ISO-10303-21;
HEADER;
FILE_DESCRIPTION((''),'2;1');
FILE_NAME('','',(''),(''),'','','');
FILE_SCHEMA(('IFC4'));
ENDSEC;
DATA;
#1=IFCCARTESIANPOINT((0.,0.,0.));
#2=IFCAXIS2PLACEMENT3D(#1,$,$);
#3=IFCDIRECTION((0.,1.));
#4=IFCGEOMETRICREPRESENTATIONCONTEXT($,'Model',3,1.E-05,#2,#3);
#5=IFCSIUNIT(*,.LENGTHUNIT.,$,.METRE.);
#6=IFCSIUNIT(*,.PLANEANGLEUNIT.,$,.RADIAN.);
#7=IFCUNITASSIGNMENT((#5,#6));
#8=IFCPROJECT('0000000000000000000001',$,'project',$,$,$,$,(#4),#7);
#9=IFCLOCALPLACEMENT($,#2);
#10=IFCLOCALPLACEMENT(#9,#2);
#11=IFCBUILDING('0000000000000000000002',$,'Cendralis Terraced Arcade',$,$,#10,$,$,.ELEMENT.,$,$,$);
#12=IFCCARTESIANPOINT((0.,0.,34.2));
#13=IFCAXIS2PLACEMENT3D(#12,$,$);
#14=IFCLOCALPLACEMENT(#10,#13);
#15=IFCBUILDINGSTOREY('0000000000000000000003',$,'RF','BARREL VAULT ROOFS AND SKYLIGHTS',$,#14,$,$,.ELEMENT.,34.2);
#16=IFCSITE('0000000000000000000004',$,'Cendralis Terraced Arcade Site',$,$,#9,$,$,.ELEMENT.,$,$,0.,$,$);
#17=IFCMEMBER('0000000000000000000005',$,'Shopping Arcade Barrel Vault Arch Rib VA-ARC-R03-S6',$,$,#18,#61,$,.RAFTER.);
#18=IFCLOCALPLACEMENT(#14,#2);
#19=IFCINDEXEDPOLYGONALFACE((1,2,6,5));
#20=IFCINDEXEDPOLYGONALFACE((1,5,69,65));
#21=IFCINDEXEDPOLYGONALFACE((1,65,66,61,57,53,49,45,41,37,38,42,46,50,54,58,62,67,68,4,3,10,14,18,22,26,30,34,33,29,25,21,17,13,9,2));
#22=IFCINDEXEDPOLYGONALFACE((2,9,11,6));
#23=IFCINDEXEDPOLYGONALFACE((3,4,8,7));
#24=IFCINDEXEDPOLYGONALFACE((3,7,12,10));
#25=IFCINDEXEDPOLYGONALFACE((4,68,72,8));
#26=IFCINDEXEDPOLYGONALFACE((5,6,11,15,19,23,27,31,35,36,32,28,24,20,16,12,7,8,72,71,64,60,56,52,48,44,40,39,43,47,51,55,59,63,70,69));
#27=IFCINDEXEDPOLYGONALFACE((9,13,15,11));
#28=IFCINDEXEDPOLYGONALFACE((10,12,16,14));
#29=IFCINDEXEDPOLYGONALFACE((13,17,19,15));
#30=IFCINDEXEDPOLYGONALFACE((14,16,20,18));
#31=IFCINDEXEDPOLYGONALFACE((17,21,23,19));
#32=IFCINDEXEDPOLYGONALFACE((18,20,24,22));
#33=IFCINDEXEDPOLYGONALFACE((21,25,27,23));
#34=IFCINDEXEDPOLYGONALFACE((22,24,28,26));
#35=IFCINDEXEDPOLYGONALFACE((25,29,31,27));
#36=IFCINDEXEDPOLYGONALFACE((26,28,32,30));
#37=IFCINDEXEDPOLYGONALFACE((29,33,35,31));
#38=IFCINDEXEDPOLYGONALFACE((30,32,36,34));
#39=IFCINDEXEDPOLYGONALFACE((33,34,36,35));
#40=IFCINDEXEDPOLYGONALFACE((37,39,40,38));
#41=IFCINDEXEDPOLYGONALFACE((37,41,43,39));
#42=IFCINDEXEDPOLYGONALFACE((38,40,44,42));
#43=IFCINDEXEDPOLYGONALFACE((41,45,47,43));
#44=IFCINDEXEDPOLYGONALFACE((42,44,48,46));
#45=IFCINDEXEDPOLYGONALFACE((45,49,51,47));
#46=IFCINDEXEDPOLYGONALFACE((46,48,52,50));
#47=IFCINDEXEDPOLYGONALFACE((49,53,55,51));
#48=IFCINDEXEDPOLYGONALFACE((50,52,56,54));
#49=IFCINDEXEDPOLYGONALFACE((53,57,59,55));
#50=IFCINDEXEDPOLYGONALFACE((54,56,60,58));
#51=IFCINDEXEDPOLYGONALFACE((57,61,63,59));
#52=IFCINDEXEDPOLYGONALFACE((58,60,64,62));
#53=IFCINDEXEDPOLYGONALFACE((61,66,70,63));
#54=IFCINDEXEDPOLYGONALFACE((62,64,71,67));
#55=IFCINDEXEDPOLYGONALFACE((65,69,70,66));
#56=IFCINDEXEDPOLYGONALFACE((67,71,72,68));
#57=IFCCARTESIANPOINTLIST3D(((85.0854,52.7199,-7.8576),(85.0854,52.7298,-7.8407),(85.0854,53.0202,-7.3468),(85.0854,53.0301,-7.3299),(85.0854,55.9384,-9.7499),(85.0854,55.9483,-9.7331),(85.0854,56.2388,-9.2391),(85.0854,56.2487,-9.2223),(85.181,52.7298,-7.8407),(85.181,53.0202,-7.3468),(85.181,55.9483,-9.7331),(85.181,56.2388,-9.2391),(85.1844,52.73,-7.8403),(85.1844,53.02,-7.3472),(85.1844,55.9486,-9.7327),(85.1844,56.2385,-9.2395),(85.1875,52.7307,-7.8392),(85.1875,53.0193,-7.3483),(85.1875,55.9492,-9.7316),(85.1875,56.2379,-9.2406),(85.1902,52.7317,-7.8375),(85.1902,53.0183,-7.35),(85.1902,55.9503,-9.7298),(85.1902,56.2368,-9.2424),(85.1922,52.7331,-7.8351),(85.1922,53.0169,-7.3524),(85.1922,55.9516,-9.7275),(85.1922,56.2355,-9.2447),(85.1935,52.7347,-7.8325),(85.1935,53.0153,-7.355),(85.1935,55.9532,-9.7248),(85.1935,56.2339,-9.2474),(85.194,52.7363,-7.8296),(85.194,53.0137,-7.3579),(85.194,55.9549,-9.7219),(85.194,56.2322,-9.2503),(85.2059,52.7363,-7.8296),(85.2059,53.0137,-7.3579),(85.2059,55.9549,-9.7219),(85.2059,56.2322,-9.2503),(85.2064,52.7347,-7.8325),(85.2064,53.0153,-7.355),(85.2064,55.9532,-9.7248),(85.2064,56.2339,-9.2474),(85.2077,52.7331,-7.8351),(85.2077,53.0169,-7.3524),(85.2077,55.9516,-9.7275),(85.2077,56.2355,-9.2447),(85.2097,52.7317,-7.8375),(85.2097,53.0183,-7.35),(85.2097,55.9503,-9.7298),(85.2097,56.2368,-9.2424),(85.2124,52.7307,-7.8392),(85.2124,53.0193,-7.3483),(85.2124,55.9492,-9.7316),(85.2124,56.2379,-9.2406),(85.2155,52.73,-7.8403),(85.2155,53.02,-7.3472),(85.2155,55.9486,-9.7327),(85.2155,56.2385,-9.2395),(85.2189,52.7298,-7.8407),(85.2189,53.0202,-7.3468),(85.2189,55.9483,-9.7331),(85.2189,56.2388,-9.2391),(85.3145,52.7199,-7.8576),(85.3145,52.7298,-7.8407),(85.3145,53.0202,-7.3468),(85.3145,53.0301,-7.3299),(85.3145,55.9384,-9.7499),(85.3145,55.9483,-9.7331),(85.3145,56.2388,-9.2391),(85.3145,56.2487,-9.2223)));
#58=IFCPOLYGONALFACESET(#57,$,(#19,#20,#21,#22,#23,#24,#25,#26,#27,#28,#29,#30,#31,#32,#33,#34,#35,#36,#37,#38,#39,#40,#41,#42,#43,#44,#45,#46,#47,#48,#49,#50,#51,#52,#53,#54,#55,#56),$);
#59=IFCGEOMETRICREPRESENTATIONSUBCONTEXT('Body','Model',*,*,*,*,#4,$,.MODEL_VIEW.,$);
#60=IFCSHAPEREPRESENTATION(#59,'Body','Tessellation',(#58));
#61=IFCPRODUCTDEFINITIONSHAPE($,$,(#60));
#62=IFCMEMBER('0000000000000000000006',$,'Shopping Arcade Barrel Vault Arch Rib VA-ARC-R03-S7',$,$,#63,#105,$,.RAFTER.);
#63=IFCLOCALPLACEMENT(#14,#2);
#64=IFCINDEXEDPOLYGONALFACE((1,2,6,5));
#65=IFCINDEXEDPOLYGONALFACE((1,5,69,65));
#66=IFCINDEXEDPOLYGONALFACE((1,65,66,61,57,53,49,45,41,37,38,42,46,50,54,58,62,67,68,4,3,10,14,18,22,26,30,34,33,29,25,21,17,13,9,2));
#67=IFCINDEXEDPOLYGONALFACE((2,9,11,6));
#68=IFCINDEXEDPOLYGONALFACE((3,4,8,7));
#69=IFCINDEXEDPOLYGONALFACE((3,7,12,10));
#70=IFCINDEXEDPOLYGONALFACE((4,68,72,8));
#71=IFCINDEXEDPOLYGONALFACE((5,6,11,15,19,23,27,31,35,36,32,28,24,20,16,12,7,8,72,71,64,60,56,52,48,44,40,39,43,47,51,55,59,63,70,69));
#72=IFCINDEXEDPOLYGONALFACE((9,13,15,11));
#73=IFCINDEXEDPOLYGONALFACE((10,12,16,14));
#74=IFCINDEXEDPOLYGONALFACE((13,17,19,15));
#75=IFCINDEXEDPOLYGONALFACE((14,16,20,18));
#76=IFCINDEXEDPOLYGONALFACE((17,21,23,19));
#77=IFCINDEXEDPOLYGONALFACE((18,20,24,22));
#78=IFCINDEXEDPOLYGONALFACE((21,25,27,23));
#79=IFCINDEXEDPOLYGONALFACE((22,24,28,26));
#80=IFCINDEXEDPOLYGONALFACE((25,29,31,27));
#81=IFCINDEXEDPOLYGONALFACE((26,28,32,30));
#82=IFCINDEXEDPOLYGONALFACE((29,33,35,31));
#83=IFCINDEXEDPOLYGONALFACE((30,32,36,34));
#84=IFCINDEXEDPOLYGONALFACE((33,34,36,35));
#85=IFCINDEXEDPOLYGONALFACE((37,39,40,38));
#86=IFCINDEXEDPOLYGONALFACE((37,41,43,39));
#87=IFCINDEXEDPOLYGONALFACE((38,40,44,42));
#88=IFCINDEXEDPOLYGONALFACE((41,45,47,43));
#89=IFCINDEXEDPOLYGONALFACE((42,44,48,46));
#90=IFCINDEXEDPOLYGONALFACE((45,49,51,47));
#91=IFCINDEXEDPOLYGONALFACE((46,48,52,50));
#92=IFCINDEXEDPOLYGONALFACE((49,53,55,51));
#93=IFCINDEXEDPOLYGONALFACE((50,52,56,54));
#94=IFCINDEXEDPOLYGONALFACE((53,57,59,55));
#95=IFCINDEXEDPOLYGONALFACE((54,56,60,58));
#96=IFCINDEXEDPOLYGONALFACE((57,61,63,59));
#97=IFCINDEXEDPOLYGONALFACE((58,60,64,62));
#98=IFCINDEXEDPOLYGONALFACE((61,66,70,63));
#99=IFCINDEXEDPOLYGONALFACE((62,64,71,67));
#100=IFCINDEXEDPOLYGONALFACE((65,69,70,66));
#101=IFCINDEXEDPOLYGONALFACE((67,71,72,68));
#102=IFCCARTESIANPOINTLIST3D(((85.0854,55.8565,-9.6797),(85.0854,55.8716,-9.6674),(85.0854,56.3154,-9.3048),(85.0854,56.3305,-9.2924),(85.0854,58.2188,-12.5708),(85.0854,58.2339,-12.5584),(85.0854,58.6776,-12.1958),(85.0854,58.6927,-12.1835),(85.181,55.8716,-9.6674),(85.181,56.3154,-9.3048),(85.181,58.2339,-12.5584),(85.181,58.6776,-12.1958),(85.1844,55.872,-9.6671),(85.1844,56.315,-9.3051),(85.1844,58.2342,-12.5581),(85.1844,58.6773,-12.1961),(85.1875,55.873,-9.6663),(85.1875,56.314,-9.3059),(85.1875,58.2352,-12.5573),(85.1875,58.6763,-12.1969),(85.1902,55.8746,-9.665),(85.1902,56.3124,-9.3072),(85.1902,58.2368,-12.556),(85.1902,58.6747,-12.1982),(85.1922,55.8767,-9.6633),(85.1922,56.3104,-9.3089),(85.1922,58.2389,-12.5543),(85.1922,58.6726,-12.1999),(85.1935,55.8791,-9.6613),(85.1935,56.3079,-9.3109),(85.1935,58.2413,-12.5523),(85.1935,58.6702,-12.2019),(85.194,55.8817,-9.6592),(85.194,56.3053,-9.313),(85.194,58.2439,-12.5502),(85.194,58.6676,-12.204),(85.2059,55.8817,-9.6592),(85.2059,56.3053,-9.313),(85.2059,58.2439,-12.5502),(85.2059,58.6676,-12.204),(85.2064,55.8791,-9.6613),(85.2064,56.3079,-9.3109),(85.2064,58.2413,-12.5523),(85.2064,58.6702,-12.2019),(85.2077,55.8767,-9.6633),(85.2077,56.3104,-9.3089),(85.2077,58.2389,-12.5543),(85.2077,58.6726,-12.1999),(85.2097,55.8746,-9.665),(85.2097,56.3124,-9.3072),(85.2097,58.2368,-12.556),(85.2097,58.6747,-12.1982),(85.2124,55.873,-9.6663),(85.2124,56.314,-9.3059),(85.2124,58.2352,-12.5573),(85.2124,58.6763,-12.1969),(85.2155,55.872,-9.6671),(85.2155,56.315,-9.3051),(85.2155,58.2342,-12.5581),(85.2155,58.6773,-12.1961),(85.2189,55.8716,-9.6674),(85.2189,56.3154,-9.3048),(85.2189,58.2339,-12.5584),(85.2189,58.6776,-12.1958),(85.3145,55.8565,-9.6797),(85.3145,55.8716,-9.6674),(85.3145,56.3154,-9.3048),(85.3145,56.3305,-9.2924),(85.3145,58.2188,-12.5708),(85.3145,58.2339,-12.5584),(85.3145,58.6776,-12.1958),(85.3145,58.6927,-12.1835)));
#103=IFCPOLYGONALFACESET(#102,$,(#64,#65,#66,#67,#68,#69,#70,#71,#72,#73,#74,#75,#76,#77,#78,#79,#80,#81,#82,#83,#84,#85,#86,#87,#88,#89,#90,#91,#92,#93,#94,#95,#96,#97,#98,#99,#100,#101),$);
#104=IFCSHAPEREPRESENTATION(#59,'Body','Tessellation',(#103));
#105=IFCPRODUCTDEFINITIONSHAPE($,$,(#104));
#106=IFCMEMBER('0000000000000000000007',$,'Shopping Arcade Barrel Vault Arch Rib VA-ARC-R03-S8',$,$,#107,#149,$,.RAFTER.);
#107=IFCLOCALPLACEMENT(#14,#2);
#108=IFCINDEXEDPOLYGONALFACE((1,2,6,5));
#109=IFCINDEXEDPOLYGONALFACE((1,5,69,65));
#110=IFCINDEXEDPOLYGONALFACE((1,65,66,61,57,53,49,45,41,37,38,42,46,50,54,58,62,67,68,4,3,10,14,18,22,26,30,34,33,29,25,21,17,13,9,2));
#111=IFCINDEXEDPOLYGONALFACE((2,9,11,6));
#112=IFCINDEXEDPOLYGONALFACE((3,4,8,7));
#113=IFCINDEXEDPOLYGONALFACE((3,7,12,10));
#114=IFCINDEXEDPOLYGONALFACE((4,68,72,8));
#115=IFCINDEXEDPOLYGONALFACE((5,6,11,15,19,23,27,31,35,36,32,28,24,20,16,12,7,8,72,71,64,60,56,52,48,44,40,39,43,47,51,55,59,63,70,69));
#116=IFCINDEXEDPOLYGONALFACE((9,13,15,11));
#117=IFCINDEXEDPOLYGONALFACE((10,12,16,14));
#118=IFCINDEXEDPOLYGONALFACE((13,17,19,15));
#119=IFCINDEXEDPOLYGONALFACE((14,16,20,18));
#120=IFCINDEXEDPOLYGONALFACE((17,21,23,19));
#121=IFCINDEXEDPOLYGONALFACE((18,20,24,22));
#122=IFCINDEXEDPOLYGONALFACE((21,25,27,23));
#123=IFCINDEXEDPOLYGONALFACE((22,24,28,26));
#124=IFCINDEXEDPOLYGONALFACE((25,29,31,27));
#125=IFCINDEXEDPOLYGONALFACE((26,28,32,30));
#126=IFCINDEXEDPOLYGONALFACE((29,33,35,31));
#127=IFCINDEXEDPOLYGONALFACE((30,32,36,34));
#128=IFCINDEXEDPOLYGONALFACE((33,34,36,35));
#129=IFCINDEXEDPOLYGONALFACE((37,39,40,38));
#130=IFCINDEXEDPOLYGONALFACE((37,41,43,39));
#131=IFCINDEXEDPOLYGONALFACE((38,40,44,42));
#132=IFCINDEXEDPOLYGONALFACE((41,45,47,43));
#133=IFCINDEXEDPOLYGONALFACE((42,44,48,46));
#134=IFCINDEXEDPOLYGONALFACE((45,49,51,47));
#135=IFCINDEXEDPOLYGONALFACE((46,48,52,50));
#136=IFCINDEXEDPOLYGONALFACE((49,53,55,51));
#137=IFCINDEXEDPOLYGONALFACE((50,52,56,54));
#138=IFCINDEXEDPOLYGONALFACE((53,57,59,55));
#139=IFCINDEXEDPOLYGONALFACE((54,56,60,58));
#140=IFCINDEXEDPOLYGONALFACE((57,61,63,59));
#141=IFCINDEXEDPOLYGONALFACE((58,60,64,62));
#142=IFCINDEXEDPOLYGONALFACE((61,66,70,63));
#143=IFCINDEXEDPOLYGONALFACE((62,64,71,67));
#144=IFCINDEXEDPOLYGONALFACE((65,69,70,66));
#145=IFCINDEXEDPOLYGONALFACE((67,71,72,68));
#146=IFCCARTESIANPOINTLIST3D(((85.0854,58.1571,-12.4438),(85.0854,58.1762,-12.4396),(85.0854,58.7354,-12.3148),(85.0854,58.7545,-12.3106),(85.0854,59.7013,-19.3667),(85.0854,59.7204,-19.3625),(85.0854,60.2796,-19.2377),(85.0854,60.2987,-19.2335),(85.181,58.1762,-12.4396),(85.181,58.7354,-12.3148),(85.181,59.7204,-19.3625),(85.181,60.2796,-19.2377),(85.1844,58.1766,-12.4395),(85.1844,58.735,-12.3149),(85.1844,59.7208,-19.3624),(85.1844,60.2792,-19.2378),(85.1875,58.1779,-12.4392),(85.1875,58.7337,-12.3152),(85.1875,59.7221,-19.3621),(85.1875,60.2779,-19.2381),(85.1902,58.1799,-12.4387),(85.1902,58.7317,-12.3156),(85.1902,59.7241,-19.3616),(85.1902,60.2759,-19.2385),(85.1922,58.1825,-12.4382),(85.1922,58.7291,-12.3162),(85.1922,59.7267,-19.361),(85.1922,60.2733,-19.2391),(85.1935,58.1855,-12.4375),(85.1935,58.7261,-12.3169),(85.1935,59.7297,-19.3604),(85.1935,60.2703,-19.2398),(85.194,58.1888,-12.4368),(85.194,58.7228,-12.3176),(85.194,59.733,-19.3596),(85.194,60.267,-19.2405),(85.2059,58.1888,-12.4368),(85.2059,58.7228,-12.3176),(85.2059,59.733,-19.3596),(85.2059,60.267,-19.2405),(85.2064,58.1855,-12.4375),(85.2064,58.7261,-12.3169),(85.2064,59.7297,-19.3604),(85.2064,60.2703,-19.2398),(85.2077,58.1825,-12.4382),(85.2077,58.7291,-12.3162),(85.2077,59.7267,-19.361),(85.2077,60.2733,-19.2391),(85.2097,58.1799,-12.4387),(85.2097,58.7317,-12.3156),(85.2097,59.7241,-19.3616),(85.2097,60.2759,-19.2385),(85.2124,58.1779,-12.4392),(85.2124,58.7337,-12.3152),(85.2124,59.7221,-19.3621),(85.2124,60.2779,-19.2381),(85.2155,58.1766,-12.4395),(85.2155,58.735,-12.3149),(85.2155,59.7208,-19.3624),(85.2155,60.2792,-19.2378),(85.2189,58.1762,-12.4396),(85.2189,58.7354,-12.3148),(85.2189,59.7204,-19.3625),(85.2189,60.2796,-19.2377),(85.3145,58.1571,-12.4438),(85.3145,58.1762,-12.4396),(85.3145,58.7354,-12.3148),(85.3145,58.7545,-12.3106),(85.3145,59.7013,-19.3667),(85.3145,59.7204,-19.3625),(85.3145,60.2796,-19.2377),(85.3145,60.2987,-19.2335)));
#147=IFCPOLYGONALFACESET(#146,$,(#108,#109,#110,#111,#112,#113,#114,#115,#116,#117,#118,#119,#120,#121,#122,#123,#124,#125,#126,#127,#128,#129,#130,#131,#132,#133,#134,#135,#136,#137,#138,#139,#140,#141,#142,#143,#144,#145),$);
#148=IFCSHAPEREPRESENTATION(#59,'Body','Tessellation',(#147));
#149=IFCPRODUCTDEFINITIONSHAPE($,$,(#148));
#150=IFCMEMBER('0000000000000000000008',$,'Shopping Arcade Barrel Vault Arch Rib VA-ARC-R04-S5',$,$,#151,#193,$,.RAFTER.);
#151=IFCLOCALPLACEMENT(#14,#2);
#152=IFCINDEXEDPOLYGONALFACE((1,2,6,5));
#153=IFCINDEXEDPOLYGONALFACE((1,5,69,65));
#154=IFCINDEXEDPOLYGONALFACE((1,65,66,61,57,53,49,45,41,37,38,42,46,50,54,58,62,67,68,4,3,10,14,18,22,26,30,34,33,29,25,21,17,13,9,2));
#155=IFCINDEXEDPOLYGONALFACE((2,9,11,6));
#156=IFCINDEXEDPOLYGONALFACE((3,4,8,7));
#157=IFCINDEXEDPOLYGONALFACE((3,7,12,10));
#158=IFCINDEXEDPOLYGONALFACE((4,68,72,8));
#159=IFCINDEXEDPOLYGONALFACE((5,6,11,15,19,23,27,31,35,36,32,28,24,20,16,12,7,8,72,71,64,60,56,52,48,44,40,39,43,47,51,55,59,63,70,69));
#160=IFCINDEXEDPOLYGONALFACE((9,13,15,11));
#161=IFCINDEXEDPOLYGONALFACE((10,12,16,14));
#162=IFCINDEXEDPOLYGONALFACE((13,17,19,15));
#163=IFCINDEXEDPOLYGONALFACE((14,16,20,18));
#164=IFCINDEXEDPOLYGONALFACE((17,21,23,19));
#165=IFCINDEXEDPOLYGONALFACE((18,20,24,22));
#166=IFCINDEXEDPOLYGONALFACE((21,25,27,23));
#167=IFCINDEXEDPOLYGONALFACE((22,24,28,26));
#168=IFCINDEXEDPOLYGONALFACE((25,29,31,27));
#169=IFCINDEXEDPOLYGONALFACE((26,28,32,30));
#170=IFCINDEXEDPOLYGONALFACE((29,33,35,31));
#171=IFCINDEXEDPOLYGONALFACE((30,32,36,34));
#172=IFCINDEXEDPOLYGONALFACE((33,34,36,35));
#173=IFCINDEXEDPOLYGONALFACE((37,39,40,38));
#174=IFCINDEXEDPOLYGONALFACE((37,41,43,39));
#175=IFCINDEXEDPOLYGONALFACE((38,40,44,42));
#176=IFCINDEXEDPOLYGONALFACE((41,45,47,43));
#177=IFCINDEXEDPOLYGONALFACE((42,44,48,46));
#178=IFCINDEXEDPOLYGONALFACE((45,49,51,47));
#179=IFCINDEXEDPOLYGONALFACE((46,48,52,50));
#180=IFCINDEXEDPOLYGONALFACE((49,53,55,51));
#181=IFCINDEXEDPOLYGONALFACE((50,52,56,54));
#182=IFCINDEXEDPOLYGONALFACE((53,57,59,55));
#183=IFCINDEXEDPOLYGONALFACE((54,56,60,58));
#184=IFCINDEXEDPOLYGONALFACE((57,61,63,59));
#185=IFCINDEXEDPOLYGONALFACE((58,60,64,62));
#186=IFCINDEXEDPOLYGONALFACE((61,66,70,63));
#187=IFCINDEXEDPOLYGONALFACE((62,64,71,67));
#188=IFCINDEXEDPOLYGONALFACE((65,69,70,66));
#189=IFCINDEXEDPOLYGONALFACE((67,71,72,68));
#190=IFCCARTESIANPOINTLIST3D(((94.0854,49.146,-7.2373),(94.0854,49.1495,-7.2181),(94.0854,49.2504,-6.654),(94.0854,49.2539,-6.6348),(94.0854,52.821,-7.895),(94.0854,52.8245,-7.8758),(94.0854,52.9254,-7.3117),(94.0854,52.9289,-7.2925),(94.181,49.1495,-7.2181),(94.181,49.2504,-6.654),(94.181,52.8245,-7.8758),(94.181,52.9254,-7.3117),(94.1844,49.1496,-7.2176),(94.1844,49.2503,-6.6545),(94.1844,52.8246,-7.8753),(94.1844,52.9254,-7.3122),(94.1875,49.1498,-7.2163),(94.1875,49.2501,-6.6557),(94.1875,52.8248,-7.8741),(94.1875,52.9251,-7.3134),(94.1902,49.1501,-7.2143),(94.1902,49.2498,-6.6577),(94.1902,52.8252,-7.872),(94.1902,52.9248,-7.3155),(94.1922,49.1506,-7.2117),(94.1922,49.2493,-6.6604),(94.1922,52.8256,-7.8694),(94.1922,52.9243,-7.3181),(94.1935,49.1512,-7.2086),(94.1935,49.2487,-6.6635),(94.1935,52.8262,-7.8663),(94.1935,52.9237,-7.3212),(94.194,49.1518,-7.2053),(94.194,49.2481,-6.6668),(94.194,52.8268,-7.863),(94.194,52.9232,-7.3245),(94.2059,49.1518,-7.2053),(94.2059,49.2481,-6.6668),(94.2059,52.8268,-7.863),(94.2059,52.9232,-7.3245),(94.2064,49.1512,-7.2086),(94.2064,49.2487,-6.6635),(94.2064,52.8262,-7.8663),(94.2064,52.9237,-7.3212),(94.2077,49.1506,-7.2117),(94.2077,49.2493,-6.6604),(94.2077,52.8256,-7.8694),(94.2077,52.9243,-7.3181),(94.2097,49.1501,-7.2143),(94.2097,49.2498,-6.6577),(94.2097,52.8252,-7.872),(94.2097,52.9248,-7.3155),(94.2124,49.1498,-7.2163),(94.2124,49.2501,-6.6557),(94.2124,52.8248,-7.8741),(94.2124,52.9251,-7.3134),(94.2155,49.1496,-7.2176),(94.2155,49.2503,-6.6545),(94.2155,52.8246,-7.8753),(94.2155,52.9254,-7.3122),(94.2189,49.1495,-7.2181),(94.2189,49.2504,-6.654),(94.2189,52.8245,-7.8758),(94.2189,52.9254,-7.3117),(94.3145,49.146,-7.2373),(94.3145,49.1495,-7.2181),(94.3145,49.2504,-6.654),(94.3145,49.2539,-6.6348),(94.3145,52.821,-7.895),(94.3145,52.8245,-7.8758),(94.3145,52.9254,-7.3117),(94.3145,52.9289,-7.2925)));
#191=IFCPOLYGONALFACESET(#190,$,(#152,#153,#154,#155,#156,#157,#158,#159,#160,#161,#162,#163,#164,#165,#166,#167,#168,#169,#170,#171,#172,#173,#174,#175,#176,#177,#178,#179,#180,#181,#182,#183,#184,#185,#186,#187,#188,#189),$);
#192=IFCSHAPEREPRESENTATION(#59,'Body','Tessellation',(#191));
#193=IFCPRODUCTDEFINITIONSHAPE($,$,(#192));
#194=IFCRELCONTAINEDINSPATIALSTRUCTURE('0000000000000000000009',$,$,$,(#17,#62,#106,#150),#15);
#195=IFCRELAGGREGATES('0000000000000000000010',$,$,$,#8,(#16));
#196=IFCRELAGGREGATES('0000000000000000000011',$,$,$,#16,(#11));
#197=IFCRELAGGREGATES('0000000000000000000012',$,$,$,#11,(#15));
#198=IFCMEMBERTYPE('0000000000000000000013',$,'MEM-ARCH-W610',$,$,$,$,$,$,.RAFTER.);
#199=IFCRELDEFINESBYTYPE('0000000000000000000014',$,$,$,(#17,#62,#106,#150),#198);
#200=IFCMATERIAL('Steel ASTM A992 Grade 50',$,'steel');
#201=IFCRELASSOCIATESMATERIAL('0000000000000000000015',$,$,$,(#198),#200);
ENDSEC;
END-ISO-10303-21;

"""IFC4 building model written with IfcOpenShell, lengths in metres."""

from ifc_helpers import new_model, si_unit, direction, frame, origin, origin_2d, place, context, subcontext, project, spatial, i_section, extrude, material, material_profile, profile_set, type_object, element, save


model = new_model("IFC4")

# Units and contexts
model_context = context("Model", 3, precision=1e-05, world=origin(), true_north=direction((0.0, 1.0)))
body_context = subcontext(model_context, "Body", "Model", "MODEL_VIEW")
ifc_project = project(units=[si_unit("LENGTHUNIT", "METRE"), si_unit("PLANEANGLEUNIT", "RADIAN")], contexts=[model_context])

# Site, building, storey
site_placement = place(None, origin())
site = spatial("IfcSite", under=ifc_project, at=site_placement, Name="Cendralis Terraced Arcade Site", CompositionType="ELEMENT", RefElevation=0.0)
building_placement = place(site_placement, origin())
building = spatial("IfcBuilding", under=site, at=building_placement, Name="Cendralis Terraced Arcade", CompositionType="ELEMENT")
storey_placement = place(building_placement, frame((0.0, 0.0, 34.2)))
storey = spatial("IfcBuildingStorey", under=building, at=storey_placement, Name="RF", Description="BARREL VAULT ROOFS AND SKYLIGHTS", CompositionType="ELEMENT", Elevation=34.2)

# Members
ifc_material_1 = material(Name="Steel ASTM A992 Grade 50", Category="steel")
ifc_material_profile_1 = material_profile(ifc_material_1, i_section(OverallWidth=0.229, OverallDepth=0.6121, WebThickness=0.012, FlangeThickness=0.0195, FilletRadius=0.0129, at=origin_2d()), Name="W610X125", Category="LoadBearing")
ifc_profile_set_1 = profile_set([ifc_material_profile_1], Name="Steel ASTM A992 Grade 50")
member_type_1 = type_object("IfcMemberType", Name="MEM-ARCH-W610", PredefinedType="RAFTER", material=ifc_profile_set_1)
member_1_placement = place(storey_placement, frame((85.2, 52.875, -7.5938), z_axis=(0.0, 0.86204, -0.50684), x_axis=(-1.0, 0.0, 0.0)))
element("IfcMember", 1, at=member_1_placement, inside=storey, type_object=member_type_1, Name="Shopping Arcade Barrel Vault Arch Rib VA-ARC-R03-S6", PredefinedType="RAFTER", context=body_context, shape_type="SweptSolid", body=[
    extrude(i_section(OverallWidth=0.229, OverallDepth=0.6121, WebThickness=0.012, FlangeThickness=0.0195, FilletRadius=0.0129, at=origin_2d()), origin(), (0.0, 0.0, 1.0), 3.7336),
])
member_2_placement = place(storey_placement, frame((85.2, 56.0935, -9.4861), z_axis=(0.0, 0.632732, -0.774371), x_axis=(-1.0, 0.0, 0.0)))
element("IfcMember", 2, at=member_2_placement, inside=storey, type_object=member_type_1, Name="Shopping Arcade Barrel Vault Arch Rib VA-ARC-R03-S7", PredefinedType="RAFTER", context=body_context, shape_type="SweptSolid", body=[
    extrude(i_section(OverallWidth=0.229, OverallDepth=0.6121, WebThickness=0.012, FlangeThickness=0.0195, FilletRadius=0.0129, at=origin_2d()), origin(), (0.0, 0.0, 1.0), 3.7334),
])
member_3_placement = place(storey_placement, frame((85.2, 58.4558, -12.3772), z_axis=(0.0, 0.217707, -0.976014), x_axis=(-1.0, 0.0, 0.0)))
element("IfcMember", 3, at=member_3_placement, inside=storey, type_object=member_type_1, Name="Shopping Arcade Barrel Vault Arch Rib VA-ARC-R03-S8", PredefinedType="RAFTER", context=body_context, shape_type="SweptSolid", body=[
    extrude(i_section(OverallWidth=0.229, OverallDepth=0.6121, WebThickness=0.012, FlangeThickness=0.0195, FilletRadius=0.0129, at=origin_2d()), origin(), (0.0, 0.0, 1.0), 7.093),
])
member_4_placement = place(storey_placement, frame((94.2, 49.2, -6.936), z_axis=(0.0, 0.98436, -0.176169), x_axis=(-1.0, 0.0, 0.0)))
element("IfcMember", 4, at=member_4_placement, inside=storey, type_object=member_type_1, Name="Shopping Arcade Barrel Vault Arch Rib VA-ARC-R04-S5", PredefinedType="RAFTER", context=body_context, shape_type="SweptSolid", body=[
    extrude(i_section(OverallWidth=0.229, OverallDepth=0.6121, WebThickness=0.012, FlangeThickness=0.0195, FilletRadius=0.0129, at=origin_2d()), origin(), (0.0, 0.0, 1.0), 3.7334),
])

save(model, "model.ifc")
